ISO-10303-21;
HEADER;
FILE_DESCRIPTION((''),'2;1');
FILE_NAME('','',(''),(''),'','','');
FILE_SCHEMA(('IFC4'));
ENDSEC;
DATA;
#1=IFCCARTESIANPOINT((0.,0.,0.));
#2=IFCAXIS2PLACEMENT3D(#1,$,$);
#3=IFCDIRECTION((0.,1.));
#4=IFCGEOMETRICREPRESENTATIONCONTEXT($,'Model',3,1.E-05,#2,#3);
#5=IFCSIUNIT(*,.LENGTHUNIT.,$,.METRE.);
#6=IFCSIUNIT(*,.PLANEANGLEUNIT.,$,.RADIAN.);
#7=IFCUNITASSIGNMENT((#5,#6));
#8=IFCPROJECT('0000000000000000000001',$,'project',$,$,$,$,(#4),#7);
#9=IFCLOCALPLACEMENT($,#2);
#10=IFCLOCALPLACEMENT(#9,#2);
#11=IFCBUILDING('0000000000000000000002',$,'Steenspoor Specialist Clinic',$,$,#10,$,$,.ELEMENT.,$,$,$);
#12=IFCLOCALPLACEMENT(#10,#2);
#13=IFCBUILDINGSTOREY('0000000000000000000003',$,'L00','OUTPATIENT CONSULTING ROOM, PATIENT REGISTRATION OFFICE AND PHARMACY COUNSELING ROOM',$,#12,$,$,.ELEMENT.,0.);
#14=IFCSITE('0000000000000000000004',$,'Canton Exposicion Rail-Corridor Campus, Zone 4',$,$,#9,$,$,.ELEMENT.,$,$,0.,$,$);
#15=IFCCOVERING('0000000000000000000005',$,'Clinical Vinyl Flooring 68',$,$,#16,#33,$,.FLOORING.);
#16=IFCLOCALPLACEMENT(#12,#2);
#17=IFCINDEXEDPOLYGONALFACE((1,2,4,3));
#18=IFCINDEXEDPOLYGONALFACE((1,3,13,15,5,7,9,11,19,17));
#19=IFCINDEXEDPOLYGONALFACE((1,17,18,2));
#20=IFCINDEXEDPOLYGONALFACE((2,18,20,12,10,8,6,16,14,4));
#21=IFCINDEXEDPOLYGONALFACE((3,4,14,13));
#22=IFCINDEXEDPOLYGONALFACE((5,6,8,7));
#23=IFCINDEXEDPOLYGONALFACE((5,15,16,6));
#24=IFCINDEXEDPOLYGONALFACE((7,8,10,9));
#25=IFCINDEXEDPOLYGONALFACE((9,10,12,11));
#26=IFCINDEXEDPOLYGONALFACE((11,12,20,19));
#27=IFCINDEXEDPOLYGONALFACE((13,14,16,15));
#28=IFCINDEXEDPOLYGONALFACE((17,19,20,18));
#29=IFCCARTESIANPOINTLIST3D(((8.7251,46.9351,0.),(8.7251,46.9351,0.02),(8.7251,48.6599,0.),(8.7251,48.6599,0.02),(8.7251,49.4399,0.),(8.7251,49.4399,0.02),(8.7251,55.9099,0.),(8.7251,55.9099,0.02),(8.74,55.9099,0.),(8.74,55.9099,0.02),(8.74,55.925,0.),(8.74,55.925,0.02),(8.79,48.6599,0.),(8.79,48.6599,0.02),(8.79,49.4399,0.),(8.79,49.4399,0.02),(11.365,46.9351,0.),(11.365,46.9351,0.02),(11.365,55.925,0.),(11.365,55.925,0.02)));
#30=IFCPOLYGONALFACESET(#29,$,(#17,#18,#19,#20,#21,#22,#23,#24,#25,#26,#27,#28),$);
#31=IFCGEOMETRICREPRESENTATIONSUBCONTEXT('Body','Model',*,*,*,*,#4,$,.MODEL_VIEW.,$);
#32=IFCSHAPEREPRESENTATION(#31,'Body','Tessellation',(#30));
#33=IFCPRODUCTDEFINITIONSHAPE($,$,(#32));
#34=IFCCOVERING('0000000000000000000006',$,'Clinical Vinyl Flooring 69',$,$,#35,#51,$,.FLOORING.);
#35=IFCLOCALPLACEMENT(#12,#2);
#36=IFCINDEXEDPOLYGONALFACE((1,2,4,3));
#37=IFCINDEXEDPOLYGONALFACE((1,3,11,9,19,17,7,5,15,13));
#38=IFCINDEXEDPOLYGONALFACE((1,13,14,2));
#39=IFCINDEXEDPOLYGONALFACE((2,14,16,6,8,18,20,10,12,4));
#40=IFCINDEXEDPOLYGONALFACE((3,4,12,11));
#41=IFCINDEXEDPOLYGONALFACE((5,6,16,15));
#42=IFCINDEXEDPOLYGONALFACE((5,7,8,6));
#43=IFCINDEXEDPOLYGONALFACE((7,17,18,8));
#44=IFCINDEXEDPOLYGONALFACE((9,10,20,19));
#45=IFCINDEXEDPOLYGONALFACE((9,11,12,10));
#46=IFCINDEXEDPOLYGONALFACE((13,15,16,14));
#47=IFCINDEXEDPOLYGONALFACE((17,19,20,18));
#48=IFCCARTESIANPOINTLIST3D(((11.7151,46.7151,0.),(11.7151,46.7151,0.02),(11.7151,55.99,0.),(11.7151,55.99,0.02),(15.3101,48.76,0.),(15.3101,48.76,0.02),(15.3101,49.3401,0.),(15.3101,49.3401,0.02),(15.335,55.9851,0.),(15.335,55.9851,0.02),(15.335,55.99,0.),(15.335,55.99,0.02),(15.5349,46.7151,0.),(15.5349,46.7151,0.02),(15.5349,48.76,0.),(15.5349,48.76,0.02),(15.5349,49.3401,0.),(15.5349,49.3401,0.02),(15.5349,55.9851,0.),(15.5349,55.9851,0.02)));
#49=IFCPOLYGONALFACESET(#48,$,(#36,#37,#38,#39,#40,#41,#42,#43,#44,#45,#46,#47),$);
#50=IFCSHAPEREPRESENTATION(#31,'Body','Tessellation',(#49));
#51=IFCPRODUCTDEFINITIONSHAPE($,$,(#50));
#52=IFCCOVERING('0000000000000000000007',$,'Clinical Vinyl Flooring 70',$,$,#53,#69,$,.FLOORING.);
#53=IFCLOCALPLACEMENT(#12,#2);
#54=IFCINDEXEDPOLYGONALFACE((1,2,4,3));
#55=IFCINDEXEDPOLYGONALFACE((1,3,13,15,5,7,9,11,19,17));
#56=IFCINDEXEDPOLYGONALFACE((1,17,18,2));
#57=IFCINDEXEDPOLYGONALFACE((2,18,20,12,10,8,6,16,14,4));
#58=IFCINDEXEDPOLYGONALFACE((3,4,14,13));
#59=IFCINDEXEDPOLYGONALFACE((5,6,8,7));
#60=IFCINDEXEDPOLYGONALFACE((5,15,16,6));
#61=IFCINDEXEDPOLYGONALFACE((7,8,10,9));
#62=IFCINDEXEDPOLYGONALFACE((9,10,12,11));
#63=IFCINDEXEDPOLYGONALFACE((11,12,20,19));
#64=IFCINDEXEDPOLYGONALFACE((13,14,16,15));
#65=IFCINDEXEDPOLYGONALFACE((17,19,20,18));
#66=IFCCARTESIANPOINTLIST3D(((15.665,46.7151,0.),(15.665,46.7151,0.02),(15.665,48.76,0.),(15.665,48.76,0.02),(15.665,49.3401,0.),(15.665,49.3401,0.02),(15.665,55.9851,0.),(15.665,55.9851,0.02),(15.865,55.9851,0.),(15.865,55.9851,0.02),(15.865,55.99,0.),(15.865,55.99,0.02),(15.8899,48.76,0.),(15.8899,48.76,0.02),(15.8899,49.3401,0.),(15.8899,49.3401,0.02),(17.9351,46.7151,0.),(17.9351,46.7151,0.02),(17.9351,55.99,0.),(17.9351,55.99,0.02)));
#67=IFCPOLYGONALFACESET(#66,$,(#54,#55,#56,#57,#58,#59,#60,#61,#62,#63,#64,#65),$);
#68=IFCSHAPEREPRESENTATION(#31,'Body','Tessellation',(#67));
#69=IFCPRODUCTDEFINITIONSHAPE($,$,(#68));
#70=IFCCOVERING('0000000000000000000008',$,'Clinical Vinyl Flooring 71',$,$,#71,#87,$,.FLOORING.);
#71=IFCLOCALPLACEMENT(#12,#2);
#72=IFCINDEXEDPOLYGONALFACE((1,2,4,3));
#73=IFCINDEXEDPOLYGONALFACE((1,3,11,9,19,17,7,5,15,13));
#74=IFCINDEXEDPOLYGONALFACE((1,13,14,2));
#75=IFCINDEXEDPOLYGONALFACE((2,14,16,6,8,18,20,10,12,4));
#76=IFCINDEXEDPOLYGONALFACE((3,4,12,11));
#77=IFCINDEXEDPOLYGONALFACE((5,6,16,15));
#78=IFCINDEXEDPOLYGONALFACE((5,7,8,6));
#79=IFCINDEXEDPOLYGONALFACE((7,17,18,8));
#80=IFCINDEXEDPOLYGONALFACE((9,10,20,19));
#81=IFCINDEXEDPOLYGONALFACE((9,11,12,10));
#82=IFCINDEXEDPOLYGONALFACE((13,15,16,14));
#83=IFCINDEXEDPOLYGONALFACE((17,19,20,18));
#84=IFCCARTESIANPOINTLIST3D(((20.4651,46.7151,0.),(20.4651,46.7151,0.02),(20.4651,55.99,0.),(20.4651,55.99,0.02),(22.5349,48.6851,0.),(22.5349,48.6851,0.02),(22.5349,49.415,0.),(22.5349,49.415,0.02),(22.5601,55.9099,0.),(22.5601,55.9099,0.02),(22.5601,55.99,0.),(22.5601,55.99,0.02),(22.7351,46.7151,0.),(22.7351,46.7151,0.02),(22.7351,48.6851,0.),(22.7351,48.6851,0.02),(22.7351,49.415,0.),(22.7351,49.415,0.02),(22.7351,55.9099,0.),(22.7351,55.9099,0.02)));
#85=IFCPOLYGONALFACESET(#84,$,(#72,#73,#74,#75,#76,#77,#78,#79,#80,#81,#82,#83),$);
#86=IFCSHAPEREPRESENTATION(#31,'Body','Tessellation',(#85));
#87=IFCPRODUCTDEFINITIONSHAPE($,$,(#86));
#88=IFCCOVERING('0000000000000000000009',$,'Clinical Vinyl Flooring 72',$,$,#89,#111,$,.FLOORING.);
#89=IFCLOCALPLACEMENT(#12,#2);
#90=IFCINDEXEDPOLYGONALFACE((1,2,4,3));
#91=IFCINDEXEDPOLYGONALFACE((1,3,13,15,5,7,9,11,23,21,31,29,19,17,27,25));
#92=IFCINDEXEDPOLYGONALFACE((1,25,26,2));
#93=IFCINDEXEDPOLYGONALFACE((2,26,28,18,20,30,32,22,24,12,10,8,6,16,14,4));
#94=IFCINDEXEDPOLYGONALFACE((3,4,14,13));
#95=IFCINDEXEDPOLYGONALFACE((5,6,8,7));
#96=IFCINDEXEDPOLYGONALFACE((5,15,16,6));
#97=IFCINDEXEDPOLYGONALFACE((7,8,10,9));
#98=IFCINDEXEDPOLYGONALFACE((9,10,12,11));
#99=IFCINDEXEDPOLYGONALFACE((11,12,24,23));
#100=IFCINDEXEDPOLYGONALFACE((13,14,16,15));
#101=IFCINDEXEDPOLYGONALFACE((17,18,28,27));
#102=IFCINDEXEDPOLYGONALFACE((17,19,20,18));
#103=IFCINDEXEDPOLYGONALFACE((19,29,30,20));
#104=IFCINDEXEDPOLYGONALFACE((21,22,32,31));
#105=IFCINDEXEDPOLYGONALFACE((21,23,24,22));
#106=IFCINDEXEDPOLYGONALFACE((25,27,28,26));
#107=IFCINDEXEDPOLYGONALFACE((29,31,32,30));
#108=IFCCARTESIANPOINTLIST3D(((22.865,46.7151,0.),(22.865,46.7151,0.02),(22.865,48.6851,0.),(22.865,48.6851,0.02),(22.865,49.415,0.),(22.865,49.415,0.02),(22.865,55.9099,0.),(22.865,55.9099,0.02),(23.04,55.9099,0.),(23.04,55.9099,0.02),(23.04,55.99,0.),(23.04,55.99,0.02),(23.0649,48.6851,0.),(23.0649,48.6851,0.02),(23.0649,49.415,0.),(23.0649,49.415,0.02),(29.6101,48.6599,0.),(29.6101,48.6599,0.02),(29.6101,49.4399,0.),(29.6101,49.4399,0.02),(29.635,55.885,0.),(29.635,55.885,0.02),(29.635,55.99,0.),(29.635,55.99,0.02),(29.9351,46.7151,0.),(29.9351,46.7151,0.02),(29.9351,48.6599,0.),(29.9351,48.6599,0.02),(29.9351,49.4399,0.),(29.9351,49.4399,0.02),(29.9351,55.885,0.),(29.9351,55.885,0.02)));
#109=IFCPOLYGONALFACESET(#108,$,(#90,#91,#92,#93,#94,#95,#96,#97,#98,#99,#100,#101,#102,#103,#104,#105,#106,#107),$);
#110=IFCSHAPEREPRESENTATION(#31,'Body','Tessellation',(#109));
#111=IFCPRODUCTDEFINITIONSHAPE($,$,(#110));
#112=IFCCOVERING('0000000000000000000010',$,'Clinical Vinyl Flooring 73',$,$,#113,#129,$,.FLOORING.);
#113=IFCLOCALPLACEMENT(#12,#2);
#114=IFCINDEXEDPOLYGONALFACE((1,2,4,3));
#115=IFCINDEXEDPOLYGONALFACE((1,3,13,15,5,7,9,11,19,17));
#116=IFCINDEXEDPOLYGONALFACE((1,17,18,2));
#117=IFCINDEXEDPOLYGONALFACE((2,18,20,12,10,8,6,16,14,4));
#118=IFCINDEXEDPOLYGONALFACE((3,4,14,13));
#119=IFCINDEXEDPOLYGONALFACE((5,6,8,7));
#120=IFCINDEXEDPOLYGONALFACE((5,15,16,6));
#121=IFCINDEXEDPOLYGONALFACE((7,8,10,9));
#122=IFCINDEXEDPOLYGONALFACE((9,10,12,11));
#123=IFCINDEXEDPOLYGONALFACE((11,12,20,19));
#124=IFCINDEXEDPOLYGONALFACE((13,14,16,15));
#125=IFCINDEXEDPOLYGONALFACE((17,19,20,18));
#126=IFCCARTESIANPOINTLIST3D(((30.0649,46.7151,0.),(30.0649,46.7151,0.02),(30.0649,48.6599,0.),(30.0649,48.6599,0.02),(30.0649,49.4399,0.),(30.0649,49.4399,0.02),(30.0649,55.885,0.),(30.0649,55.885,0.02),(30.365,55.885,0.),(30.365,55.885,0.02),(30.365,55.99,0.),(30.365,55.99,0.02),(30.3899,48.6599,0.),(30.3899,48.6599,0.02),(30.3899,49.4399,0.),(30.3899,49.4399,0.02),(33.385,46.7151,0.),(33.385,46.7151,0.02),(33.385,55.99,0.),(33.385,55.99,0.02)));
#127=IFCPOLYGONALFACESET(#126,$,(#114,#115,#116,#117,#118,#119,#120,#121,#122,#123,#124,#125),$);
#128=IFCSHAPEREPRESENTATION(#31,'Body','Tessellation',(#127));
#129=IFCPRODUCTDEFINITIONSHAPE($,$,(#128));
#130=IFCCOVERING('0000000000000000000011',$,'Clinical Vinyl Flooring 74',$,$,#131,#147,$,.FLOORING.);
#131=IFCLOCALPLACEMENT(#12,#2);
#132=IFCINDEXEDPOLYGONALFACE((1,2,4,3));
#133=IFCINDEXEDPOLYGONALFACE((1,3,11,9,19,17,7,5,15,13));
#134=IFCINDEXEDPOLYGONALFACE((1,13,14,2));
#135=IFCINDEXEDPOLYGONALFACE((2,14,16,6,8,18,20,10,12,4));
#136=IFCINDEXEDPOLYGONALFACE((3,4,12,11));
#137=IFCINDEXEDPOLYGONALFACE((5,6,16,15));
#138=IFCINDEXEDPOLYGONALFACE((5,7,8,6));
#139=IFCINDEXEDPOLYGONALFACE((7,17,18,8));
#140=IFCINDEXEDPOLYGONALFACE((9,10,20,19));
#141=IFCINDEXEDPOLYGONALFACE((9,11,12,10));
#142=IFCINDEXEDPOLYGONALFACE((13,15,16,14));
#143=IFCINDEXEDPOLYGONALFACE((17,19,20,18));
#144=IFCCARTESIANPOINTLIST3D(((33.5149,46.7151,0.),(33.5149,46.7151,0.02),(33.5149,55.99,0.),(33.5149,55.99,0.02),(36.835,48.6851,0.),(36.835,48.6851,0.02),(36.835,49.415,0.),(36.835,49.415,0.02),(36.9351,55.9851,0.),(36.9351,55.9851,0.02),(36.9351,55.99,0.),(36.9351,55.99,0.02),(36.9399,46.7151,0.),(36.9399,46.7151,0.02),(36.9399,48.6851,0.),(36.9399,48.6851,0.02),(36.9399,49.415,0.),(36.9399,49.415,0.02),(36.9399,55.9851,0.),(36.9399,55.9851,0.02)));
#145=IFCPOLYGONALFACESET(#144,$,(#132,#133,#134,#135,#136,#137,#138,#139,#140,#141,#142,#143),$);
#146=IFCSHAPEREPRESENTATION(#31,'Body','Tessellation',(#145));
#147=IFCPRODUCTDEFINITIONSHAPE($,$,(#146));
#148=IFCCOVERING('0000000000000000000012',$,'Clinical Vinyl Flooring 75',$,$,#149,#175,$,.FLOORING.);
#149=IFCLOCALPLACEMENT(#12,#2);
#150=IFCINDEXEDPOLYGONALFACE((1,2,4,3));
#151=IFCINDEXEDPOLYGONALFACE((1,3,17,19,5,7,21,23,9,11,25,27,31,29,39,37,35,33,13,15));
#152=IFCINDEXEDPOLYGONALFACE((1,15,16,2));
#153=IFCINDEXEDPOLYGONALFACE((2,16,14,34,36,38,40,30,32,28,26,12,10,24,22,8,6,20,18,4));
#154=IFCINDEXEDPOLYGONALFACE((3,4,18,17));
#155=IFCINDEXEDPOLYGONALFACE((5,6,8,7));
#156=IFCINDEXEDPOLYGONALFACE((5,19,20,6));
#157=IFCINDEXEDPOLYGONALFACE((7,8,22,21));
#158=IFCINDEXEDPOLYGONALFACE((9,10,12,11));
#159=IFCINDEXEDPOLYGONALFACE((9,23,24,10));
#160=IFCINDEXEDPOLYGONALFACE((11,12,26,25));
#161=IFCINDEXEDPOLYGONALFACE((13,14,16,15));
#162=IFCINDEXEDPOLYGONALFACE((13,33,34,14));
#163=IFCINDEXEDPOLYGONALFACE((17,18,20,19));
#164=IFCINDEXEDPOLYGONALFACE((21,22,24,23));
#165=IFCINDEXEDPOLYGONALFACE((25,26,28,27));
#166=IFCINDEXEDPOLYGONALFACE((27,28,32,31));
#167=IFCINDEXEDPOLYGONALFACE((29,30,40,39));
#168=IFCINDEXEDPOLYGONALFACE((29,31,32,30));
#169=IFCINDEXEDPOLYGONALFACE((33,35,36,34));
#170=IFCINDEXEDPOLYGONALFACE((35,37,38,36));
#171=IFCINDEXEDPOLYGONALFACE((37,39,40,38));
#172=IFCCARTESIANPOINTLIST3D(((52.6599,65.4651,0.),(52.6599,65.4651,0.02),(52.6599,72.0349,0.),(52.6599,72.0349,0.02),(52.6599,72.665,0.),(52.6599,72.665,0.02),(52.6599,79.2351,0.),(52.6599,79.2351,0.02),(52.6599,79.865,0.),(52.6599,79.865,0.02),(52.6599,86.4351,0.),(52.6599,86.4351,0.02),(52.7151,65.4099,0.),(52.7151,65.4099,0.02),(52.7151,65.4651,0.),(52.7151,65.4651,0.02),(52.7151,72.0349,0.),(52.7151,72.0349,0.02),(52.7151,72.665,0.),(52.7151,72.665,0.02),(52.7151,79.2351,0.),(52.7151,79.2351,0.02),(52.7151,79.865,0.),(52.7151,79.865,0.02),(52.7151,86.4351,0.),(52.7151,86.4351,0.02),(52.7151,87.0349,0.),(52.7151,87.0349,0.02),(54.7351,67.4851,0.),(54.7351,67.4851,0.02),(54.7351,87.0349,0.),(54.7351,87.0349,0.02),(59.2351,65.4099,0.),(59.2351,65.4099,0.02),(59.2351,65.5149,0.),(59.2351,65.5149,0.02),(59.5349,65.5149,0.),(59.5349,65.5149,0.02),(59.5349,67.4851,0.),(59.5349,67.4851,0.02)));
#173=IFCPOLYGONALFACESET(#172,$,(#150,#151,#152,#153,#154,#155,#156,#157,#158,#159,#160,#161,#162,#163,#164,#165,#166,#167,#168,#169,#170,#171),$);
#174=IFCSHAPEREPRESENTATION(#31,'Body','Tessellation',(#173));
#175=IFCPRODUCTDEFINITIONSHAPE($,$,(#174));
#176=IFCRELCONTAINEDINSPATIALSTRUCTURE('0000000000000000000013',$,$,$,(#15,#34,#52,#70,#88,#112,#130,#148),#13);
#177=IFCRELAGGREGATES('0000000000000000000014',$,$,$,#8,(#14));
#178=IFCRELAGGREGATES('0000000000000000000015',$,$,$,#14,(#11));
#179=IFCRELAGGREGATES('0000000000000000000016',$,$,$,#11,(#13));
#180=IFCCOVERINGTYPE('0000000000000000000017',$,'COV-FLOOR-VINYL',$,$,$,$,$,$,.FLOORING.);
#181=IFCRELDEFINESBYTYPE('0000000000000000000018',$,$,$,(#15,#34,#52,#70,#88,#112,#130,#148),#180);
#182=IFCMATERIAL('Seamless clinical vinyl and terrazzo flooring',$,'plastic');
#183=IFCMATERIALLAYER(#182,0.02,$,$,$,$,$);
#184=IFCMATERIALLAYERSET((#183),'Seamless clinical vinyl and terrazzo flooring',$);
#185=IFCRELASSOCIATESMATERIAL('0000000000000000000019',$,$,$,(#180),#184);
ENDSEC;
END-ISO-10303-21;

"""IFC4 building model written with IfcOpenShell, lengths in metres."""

from ifc_helpers import new_model, si_unit, direction, origin, place, context, subcontext, project, spatial, polyline, outline, extrude, material, layer, layer_set, type_object, element, save


model = new_model("IFC4")

# Units and contexts
model_context = context("Model", 3, precision=1e-05, world=origin(), true_north=direction((0.0, 1.0)))
body_context = subcontext(model_context, "Body", "Model", "MODEL_VIEW")
ifc_project = project(units=[si_unit("LENGTHUNIT", "METRE"), si_unit("PLANEANGLEUNIT", "RADIAN")], contexts=[model_context])

# Site, building, storey
site_placement = place(None, origin())
site = spatial("IfcSite", under=ifc_project, at=site_placement, Name="Canton Exposicion Rail-Corridor Campus, Zone 4", CompositionType="ELEMENT", RefElevation=0.0)
building_placement = place(site_placement, origin())
building = spatial("IfcBuilding", under=site, at=building_placement, Name="Steenspoor Specialist Clinic", CompositionType="ELEMENT")
storey_placement = place(building_placement, origin())
storey = spatial("IfcBuildingStorey", under=building, at=storey_placement, Name="L00", Description="OUTPATIENT CONSULTING ROOM, PATIENT REGISTRATION OFFICE AND PHARMACY COUNSELING ROOM", CompositionType="ELEMENT", Elevation=0.0)

# Coverings
ifc_material = material(Name="Seamless clinical vinyl and terrazzo flooring", Category="plastic")
ifc_layer = layer(ifc_material, 0.02)
ifc_layer_set = layer_set([ifc_layer], Name="Seamless clinical vinyl and terrazzo flooring")
covering_type = type_object("IfcCoveringType", Name="COV-FLOOR-VINYL", PredefinedType="FLOORING", material=ifc_layer_set)
covering_1_placement = place(storey_placement, origin())
element("IfcCovering", 1, at=covering_1_placement, inside=storey, type_object=covering_type, Name="Clinical Vinyl Flooring 68", PredefinedType="FLOORING", context=body_context, shape_type="SweptSolid", body=[
    extrude(outline(polyline([(11.365, 55.925), (11.365, 46.9351), (8.7251, 46.9351), (8.7251, 48.6599), (8.79, 48.6599), (8.79, 49.4399), (8.7251, 49.4399), (8.7251, 55.9099), (8.74, 55.9099), (8.74, 55.925), (11.365, 55.925)])), origin(), (0.0, 0.0, 1.0), 0.02),
])
covering_2_placement = place(storey_placement, origin())
element("IfcCovering", 2, at=covering_2_placement, inside=storey, type_object=covering_type, Name="Clinical Vinyl Flooring 69", PredefinedType="FLOORING", context=body_context, shape_type="SweptSolid", body=[
    extrude(outline(polyline([(11.7151, 55.99), (15.335, 55.99), (15.335, 55.9851), (15.5349, 55.9851), (15.5349, 49.3401), (15.3101, 49.3401), (15.3101, 48.76), (15.5349, 48.76), (15.5349, 46.7151), (11.7151, 46.7151), (11.7151, 55.99)])), origin(), (0.0, 0.0, 1.0), 0.02),
])
covering_3_placement = place(storey_placement, origin())
element("IfcCovering", 3, at=covering_3_placement, inside=storey, type_object=covering_type, Name="Clinical Vinyl Flooring 70", PredefinedType="FLOORING", context=body_context, shape_type="SweptSolid", body=[
    extrude(outline(polyline([(15.665, 48.76), (15.8899, 48.76), (15.8899, 49.3401), (15.665, 49.3401), (15.665, 55.9851), (15.865, 55.9851), (15.865, 55.99), (17.9351, 55.99), (17.9351, 46.7151), (15.665, 46.7151), (15.665, 48.76)])), origin(), (0.0, 0.0, 1.0), 0.02),
])
covering_4_placement = place(storey_placement, origin())
element("IfcCovering", 4, at=covering_4_placement, inside=storey, type_object=covering_type, Name="Clinical Vinyl Flooring 71", PredefinedType="FLOORING", context=body_context, shape_type="SweptSolid", body=[
    extrude(outline(polyline([(20.4651, 46.7151), (20.4651, 55.99), (22.5601, 55.99), (22.5601, 55.9099), (22.7351, 55.9099), (22.7351, 49.415), (22.5349, 49.415), (22.5349, 48.6851), (22.7351, 48.6851), (22.7351, 46.7151), (20.4651, 46.7151)])), origin(), (0.0, 0.0, 1.0), 0.02),
])
covering_5_placement = place(storey_placement, origin())
element("IfcCovering", 5, at=covering_5_placement, inside=storey, type_object=covering_type, Name="Clinical Vinyl Flooring 72", PredefinedType="FLOORING", context=body_context, shape_type="SweptSolid", body=[
    extrude(outline(polyline([(22.865, 46.7151), (22.865, 48.6851), (23.0649, 48.6851), (23.0649, 49.415), (22.865, 49.415), (22.865, 55.9099), (23.04, 55.9099), (23.04, 55.99), (29.635, 55.99), (29.635, 55.885), (29.9351, 55.885), (29.9351, 49.4399), (29.6101, 49.4399), (29.6101, 48.6599), (29.9351, 48.6599), (29.9351, 46.7151), (22.865, 46.7151)])), origin(), (0.0, 0.0, 1.0), 0.02),
])
covering_6_placement = place(storey_placement, origin())
element("IfcCovering", 6, at=covering_6_placement, inside=storey, type_object=covering_type, Name="Clinical Vinyl Flooring 73", PredefinedType="FLOORING", context=body_context, shape_type="SweptSolid", body=[
    extrude(outline(polyline([(30.0649, 46.7151), (30.0649, 48.6599), (30.3899, 48.6599), (30.3899, 49.4399), (30.0649, 49.4399), (30.0649, 55.885), (30.365, 55.885), (30.365, 55.99), (33.385, 55.99), (33.385, 46.7151), (30.0649, 46.7151)])), origin(), (0.0, 0.0, 1.0), 0.02),
])
covering_7_placement = place(storey_placement, origin())
element("IfcCovering", 7, at=covering_7_placement, inside=storey, type_object=covering_type, Name="Clinical Vinyl Flooring 74", PredefinedType="FLOORING", context=body_context, shape_type="SweptSolid", body=[
    extrude(outline(polyline([(36.9351, 55.99), (36.9351, 55.9851), (36.9399, 55.9851), (36.9399, 49.415), (36.835, 49.415), (36.835, 48.6851), (36.9399, 48.6851), (36.9399, 46.7151), (33.5149, 46.7151), (33.5149, 55.99), (36.9351, 55.99)])), origin(), (0.0, 0.0, 1.0), 0.02),
])
covering_8_placement = place(storey_placement, origin())
element("IfcCovering", 8, at=covering_8_placement, inside=storey, type_object=covering_type, Name="Clinical Vinyl Flooring 75", PredefinedType="FLOORING", context=body_context, shape_type="SweptSolid", body=[
    extrude(outline(polyline([(54.7351, 67.4851), (59.5349, 67.4851), (59.5349, 65.5149), (59.2351, 65.5149), (59.2351, 65.4099), (52.7151, 65.4099), (52.7151, 65.4651), (52.6599, 65.4651), (52.6599, 72.0349), (52.7151, 72.0349), (52.7151, 72.665), (52.6599, 72.665), (52.6599, 79.2351), (52.7151, 79.2351), (52.7151, 79.865), (52.6599, 79.865), (52.6599, 86.4351), (52.7151, 86.4351), (52.7151, 87.0349), (54.7351, 87.0349), (54.7351, 67.4851)])), origin(), (0.0, 0.0, 1.0), 0.02),
])

save(model, "model.ifc")
